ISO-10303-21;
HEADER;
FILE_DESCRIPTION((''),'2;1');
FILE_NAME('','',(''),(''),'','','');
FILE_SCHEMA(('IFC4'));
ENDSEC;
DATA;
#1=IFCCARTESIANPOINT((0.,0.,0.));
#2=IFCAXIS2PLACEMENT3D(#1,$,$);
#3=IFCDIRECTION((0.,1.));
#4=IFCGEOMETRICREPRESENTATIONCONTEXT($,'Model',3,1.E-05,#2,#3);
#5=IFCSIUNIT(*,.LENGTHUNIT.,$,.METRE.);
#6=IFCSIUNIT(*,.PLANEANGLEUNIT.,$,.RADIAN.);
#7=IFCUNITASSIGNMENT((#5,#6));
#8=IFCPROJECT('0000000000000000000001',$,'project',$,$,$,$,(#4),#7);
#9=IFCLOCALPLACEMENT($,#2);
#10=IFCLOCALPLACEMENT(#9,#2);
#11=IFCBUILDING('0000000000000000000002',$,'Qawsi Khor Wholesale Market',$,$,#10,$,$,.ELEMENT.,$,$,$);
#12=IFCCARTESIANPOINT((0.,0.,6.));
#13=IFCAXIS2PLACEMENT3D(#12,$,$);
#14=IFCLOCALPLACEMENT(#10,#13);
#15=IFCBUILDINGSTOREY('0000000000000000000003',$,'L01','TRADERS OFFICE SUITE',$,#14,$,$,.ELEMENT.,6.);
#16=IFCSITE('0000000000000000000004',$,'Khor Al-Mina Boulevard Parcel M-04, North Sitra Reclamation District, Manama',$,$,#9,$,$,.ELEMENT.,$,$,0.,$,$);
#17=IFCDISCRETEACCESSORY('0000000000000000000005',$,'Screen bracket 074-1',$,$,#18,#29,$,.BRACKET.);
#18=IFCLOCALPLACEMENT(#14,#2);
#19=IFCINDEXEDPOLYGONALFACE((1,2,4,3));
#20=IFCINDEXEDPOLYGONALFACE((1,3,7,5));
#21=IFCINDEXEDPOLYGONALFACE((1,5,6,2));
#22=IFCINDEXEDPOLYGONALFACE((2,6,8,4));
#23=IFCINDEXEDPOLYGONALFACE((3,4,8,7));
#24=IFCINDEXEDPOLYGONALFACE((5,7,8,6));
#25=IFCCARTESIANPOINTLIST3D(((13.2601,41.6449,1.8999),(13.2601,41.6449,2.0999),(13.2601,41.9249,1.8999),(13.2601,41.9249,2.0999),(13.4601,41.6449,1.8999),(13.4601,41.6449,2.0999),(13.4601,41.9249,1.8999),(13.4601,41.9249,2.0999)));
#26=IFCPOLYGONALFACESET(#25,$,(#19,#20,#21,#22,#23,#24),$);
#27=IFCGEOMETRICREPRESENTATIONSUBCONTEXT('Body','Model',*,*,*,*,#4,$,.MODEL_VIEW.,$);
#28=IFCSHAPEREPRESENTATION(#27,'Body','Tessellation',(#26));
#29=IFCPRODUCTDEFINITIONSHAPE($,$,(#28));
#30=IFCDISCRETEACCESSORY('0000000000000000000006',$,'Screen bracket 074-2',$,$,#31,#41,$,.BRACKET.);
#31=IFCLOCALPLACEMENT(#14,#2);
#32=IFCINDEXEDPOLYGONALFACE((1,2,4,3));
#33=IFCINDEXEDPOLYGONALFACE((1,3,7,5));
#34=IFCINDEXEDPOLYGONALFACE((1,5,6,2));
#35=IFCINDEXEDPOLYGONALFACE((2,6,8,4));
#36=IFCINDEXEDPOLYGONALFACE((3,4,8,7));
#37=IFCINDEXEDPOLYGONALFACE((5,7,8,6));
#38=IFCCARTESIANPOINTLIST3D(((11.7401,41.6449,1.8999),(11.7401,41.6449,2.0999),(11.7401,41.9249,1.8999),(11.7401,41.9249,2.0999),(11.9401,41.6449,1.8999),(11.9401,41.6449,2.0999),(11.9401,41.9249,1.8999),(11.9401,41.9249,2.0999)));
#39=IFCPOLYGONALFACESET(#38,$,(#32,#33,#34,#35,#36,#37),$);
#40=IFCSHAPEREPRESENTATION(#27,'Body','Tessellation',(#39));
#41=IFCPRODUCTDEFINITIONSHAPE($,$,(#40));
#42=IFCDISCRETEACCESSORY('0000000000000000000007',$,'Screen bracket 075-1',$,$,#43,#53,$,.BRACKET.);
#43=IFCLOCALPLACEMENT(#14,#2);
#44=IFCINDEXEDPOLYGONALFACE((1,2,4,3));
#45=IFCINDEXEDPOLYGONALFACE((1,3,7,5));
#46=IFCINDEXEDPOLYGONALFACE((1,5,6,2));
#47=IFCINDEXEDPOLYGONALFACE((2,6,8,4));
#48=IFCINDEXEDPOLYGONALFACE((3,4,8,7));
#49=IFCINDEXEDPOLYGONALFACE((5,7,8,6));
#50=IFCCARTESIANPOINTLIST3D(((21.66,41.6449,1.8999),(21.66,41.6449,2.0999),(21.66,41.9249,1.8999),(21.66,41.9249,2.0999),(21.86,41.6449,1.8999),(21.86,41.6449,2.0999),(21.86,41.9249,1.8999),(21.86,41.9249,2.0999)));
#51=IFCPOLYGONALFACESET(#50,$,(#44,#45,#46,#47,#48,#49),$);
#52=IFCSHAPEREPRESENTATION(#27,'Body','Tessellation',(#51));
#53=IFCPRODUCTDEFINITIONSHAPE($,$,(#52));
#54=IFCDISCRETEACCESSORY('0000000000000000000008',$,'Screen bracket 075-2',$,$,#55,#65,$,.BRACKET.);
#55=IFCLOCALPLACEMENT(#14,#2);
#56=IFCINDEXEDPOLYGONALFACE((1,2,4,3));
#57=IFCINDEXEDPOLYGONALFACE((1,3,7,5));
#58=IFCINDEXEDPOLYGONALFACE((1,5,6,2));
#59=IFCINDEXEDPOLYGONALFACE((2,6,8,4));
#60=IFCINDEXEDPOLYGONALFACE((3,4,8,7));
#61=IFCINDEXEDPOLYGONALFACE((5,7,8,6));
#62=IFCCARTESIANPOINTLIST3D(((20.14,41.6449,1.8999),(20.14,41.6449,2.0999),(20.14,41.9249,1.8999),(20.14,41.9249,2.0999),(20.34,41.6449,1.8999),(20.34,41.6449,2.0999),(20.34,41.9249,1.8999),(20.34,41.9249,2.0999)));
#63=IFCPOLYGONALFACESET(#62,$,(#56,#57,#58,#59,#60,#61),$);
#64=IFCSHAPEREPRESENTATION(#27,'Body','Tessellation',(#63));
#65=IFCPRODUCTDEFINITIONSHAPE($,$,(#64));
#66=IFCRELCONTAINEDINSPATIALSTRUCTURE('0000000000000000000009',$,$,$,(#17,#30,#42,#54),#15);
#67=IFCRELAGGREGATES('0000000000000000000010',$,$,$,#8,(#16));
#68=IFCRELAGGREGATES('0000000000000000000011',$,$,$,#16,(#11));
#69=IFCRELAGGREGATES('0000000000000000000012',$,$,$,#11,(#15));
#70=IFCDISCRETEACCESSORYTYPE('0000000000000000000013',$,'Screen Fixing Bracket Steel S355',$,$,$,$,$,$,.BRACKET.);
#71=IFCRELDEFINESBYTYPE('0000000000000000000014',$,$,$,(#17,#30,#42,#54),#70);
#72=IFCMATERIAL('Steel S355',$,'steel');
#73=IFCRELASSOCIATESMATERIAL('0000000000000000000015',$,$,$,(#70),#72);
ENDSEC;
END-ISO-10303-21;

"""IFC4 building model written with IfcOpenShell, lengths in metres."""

from ifc_helpers import new_model, si_unit, direction, frame, origin, origin_2d, place, context, subcontext, project, spatial, rectangle, extrude, material, type_object, element, save


model = new_model("IFC4")

# Units and contexts
model_context = context("Model", 3, precision=1e-05, world=origin(), true_north=direction((0.0, 1.0)))
body_context = subcontext(model_context, "Body", "Model", "MODEL_VIEW")
ifc_project = project(units=[si_unit("LENGTHUNIT", "METRE"), si_unit("PLANEANGLEUNIT", "RADIAN")], contexts=[model_context])

# Site, building, storey
site_placement = place(None, origin())
site = spatial("IfcSite", under=ifc_project, at=site_placement, Name="Khor Al-Mina Boulevard Parcel M-04, North Sitra Reclamation District, Manama", CompositionType="ELEMENT", RefElevation=0.0)
building_placement = place(site_placement, origin())
building = spatial("IfcBuilding", under=site, at=building_placement, Name="Qawsi Khor Wholesale Market", CompositionType="ELEMENT")
storey_placement = place(building_placement, frame((0.0, 0.0, 6.0)))
storey = spatial("IfcBuildingStorey", under=building, at=storey_placement, Name="L01", Description="TRADERS OFFICE SUITE", CompositionType="ELEMENT", Elevation=6.0)

# Shared definitions
ifc_material_1 = material(Name="Steel S355", Category="steel")

# Discrete accessories
discrete_accessory_type = type_object("IfcDiscreteAccessoryType", Name="Screen Fixing Bracket Steel S355", PredefinedType="BRACKET", material=ifc_material_1)
for number, where, z_axis, x_axis, name in (
    (1, (13.3601, 41.7849, 1.8999), (0.0, 0.0, 1.0), (1.0, 0.0, 0.0), "Screen bracket 074-1"),
    (2, (11.8401, 41.7849, 1.8999), (0.0, 0.0, 1.0), (1.0, 0.0, 0.0), "Screen bracket 074-2"),
    (3, (21.76, 41.7849, 1.8999), (0.0, 0.0, 1.0), (1.0, 0.0, 0.0), "Screen bracket 075-1"),
    (4, (20.24, 41.7849, 1.8999), (0.0, 0.0, 1.0), (1.0, 0.0, 0.0), "Screen bracket 075-2"),
):
    element("IfcDiscreteAccessory", number, at=place(storey_placement, frame(where, z_axis=z_axis, x_axis=x_axis)), inside=storey, type_object=discrete_accessory_type, Name=name, PredefinedType="BRACKET", context=body_context, shape_type="SweptSolid", body=[
        extrude(rectangle(XDim=0.2, YDim=0.28, at=origin_2d()), origin(), (0.0, 0.0, 1.0), 0.2),
    ])

save(model, "model.ifc")
